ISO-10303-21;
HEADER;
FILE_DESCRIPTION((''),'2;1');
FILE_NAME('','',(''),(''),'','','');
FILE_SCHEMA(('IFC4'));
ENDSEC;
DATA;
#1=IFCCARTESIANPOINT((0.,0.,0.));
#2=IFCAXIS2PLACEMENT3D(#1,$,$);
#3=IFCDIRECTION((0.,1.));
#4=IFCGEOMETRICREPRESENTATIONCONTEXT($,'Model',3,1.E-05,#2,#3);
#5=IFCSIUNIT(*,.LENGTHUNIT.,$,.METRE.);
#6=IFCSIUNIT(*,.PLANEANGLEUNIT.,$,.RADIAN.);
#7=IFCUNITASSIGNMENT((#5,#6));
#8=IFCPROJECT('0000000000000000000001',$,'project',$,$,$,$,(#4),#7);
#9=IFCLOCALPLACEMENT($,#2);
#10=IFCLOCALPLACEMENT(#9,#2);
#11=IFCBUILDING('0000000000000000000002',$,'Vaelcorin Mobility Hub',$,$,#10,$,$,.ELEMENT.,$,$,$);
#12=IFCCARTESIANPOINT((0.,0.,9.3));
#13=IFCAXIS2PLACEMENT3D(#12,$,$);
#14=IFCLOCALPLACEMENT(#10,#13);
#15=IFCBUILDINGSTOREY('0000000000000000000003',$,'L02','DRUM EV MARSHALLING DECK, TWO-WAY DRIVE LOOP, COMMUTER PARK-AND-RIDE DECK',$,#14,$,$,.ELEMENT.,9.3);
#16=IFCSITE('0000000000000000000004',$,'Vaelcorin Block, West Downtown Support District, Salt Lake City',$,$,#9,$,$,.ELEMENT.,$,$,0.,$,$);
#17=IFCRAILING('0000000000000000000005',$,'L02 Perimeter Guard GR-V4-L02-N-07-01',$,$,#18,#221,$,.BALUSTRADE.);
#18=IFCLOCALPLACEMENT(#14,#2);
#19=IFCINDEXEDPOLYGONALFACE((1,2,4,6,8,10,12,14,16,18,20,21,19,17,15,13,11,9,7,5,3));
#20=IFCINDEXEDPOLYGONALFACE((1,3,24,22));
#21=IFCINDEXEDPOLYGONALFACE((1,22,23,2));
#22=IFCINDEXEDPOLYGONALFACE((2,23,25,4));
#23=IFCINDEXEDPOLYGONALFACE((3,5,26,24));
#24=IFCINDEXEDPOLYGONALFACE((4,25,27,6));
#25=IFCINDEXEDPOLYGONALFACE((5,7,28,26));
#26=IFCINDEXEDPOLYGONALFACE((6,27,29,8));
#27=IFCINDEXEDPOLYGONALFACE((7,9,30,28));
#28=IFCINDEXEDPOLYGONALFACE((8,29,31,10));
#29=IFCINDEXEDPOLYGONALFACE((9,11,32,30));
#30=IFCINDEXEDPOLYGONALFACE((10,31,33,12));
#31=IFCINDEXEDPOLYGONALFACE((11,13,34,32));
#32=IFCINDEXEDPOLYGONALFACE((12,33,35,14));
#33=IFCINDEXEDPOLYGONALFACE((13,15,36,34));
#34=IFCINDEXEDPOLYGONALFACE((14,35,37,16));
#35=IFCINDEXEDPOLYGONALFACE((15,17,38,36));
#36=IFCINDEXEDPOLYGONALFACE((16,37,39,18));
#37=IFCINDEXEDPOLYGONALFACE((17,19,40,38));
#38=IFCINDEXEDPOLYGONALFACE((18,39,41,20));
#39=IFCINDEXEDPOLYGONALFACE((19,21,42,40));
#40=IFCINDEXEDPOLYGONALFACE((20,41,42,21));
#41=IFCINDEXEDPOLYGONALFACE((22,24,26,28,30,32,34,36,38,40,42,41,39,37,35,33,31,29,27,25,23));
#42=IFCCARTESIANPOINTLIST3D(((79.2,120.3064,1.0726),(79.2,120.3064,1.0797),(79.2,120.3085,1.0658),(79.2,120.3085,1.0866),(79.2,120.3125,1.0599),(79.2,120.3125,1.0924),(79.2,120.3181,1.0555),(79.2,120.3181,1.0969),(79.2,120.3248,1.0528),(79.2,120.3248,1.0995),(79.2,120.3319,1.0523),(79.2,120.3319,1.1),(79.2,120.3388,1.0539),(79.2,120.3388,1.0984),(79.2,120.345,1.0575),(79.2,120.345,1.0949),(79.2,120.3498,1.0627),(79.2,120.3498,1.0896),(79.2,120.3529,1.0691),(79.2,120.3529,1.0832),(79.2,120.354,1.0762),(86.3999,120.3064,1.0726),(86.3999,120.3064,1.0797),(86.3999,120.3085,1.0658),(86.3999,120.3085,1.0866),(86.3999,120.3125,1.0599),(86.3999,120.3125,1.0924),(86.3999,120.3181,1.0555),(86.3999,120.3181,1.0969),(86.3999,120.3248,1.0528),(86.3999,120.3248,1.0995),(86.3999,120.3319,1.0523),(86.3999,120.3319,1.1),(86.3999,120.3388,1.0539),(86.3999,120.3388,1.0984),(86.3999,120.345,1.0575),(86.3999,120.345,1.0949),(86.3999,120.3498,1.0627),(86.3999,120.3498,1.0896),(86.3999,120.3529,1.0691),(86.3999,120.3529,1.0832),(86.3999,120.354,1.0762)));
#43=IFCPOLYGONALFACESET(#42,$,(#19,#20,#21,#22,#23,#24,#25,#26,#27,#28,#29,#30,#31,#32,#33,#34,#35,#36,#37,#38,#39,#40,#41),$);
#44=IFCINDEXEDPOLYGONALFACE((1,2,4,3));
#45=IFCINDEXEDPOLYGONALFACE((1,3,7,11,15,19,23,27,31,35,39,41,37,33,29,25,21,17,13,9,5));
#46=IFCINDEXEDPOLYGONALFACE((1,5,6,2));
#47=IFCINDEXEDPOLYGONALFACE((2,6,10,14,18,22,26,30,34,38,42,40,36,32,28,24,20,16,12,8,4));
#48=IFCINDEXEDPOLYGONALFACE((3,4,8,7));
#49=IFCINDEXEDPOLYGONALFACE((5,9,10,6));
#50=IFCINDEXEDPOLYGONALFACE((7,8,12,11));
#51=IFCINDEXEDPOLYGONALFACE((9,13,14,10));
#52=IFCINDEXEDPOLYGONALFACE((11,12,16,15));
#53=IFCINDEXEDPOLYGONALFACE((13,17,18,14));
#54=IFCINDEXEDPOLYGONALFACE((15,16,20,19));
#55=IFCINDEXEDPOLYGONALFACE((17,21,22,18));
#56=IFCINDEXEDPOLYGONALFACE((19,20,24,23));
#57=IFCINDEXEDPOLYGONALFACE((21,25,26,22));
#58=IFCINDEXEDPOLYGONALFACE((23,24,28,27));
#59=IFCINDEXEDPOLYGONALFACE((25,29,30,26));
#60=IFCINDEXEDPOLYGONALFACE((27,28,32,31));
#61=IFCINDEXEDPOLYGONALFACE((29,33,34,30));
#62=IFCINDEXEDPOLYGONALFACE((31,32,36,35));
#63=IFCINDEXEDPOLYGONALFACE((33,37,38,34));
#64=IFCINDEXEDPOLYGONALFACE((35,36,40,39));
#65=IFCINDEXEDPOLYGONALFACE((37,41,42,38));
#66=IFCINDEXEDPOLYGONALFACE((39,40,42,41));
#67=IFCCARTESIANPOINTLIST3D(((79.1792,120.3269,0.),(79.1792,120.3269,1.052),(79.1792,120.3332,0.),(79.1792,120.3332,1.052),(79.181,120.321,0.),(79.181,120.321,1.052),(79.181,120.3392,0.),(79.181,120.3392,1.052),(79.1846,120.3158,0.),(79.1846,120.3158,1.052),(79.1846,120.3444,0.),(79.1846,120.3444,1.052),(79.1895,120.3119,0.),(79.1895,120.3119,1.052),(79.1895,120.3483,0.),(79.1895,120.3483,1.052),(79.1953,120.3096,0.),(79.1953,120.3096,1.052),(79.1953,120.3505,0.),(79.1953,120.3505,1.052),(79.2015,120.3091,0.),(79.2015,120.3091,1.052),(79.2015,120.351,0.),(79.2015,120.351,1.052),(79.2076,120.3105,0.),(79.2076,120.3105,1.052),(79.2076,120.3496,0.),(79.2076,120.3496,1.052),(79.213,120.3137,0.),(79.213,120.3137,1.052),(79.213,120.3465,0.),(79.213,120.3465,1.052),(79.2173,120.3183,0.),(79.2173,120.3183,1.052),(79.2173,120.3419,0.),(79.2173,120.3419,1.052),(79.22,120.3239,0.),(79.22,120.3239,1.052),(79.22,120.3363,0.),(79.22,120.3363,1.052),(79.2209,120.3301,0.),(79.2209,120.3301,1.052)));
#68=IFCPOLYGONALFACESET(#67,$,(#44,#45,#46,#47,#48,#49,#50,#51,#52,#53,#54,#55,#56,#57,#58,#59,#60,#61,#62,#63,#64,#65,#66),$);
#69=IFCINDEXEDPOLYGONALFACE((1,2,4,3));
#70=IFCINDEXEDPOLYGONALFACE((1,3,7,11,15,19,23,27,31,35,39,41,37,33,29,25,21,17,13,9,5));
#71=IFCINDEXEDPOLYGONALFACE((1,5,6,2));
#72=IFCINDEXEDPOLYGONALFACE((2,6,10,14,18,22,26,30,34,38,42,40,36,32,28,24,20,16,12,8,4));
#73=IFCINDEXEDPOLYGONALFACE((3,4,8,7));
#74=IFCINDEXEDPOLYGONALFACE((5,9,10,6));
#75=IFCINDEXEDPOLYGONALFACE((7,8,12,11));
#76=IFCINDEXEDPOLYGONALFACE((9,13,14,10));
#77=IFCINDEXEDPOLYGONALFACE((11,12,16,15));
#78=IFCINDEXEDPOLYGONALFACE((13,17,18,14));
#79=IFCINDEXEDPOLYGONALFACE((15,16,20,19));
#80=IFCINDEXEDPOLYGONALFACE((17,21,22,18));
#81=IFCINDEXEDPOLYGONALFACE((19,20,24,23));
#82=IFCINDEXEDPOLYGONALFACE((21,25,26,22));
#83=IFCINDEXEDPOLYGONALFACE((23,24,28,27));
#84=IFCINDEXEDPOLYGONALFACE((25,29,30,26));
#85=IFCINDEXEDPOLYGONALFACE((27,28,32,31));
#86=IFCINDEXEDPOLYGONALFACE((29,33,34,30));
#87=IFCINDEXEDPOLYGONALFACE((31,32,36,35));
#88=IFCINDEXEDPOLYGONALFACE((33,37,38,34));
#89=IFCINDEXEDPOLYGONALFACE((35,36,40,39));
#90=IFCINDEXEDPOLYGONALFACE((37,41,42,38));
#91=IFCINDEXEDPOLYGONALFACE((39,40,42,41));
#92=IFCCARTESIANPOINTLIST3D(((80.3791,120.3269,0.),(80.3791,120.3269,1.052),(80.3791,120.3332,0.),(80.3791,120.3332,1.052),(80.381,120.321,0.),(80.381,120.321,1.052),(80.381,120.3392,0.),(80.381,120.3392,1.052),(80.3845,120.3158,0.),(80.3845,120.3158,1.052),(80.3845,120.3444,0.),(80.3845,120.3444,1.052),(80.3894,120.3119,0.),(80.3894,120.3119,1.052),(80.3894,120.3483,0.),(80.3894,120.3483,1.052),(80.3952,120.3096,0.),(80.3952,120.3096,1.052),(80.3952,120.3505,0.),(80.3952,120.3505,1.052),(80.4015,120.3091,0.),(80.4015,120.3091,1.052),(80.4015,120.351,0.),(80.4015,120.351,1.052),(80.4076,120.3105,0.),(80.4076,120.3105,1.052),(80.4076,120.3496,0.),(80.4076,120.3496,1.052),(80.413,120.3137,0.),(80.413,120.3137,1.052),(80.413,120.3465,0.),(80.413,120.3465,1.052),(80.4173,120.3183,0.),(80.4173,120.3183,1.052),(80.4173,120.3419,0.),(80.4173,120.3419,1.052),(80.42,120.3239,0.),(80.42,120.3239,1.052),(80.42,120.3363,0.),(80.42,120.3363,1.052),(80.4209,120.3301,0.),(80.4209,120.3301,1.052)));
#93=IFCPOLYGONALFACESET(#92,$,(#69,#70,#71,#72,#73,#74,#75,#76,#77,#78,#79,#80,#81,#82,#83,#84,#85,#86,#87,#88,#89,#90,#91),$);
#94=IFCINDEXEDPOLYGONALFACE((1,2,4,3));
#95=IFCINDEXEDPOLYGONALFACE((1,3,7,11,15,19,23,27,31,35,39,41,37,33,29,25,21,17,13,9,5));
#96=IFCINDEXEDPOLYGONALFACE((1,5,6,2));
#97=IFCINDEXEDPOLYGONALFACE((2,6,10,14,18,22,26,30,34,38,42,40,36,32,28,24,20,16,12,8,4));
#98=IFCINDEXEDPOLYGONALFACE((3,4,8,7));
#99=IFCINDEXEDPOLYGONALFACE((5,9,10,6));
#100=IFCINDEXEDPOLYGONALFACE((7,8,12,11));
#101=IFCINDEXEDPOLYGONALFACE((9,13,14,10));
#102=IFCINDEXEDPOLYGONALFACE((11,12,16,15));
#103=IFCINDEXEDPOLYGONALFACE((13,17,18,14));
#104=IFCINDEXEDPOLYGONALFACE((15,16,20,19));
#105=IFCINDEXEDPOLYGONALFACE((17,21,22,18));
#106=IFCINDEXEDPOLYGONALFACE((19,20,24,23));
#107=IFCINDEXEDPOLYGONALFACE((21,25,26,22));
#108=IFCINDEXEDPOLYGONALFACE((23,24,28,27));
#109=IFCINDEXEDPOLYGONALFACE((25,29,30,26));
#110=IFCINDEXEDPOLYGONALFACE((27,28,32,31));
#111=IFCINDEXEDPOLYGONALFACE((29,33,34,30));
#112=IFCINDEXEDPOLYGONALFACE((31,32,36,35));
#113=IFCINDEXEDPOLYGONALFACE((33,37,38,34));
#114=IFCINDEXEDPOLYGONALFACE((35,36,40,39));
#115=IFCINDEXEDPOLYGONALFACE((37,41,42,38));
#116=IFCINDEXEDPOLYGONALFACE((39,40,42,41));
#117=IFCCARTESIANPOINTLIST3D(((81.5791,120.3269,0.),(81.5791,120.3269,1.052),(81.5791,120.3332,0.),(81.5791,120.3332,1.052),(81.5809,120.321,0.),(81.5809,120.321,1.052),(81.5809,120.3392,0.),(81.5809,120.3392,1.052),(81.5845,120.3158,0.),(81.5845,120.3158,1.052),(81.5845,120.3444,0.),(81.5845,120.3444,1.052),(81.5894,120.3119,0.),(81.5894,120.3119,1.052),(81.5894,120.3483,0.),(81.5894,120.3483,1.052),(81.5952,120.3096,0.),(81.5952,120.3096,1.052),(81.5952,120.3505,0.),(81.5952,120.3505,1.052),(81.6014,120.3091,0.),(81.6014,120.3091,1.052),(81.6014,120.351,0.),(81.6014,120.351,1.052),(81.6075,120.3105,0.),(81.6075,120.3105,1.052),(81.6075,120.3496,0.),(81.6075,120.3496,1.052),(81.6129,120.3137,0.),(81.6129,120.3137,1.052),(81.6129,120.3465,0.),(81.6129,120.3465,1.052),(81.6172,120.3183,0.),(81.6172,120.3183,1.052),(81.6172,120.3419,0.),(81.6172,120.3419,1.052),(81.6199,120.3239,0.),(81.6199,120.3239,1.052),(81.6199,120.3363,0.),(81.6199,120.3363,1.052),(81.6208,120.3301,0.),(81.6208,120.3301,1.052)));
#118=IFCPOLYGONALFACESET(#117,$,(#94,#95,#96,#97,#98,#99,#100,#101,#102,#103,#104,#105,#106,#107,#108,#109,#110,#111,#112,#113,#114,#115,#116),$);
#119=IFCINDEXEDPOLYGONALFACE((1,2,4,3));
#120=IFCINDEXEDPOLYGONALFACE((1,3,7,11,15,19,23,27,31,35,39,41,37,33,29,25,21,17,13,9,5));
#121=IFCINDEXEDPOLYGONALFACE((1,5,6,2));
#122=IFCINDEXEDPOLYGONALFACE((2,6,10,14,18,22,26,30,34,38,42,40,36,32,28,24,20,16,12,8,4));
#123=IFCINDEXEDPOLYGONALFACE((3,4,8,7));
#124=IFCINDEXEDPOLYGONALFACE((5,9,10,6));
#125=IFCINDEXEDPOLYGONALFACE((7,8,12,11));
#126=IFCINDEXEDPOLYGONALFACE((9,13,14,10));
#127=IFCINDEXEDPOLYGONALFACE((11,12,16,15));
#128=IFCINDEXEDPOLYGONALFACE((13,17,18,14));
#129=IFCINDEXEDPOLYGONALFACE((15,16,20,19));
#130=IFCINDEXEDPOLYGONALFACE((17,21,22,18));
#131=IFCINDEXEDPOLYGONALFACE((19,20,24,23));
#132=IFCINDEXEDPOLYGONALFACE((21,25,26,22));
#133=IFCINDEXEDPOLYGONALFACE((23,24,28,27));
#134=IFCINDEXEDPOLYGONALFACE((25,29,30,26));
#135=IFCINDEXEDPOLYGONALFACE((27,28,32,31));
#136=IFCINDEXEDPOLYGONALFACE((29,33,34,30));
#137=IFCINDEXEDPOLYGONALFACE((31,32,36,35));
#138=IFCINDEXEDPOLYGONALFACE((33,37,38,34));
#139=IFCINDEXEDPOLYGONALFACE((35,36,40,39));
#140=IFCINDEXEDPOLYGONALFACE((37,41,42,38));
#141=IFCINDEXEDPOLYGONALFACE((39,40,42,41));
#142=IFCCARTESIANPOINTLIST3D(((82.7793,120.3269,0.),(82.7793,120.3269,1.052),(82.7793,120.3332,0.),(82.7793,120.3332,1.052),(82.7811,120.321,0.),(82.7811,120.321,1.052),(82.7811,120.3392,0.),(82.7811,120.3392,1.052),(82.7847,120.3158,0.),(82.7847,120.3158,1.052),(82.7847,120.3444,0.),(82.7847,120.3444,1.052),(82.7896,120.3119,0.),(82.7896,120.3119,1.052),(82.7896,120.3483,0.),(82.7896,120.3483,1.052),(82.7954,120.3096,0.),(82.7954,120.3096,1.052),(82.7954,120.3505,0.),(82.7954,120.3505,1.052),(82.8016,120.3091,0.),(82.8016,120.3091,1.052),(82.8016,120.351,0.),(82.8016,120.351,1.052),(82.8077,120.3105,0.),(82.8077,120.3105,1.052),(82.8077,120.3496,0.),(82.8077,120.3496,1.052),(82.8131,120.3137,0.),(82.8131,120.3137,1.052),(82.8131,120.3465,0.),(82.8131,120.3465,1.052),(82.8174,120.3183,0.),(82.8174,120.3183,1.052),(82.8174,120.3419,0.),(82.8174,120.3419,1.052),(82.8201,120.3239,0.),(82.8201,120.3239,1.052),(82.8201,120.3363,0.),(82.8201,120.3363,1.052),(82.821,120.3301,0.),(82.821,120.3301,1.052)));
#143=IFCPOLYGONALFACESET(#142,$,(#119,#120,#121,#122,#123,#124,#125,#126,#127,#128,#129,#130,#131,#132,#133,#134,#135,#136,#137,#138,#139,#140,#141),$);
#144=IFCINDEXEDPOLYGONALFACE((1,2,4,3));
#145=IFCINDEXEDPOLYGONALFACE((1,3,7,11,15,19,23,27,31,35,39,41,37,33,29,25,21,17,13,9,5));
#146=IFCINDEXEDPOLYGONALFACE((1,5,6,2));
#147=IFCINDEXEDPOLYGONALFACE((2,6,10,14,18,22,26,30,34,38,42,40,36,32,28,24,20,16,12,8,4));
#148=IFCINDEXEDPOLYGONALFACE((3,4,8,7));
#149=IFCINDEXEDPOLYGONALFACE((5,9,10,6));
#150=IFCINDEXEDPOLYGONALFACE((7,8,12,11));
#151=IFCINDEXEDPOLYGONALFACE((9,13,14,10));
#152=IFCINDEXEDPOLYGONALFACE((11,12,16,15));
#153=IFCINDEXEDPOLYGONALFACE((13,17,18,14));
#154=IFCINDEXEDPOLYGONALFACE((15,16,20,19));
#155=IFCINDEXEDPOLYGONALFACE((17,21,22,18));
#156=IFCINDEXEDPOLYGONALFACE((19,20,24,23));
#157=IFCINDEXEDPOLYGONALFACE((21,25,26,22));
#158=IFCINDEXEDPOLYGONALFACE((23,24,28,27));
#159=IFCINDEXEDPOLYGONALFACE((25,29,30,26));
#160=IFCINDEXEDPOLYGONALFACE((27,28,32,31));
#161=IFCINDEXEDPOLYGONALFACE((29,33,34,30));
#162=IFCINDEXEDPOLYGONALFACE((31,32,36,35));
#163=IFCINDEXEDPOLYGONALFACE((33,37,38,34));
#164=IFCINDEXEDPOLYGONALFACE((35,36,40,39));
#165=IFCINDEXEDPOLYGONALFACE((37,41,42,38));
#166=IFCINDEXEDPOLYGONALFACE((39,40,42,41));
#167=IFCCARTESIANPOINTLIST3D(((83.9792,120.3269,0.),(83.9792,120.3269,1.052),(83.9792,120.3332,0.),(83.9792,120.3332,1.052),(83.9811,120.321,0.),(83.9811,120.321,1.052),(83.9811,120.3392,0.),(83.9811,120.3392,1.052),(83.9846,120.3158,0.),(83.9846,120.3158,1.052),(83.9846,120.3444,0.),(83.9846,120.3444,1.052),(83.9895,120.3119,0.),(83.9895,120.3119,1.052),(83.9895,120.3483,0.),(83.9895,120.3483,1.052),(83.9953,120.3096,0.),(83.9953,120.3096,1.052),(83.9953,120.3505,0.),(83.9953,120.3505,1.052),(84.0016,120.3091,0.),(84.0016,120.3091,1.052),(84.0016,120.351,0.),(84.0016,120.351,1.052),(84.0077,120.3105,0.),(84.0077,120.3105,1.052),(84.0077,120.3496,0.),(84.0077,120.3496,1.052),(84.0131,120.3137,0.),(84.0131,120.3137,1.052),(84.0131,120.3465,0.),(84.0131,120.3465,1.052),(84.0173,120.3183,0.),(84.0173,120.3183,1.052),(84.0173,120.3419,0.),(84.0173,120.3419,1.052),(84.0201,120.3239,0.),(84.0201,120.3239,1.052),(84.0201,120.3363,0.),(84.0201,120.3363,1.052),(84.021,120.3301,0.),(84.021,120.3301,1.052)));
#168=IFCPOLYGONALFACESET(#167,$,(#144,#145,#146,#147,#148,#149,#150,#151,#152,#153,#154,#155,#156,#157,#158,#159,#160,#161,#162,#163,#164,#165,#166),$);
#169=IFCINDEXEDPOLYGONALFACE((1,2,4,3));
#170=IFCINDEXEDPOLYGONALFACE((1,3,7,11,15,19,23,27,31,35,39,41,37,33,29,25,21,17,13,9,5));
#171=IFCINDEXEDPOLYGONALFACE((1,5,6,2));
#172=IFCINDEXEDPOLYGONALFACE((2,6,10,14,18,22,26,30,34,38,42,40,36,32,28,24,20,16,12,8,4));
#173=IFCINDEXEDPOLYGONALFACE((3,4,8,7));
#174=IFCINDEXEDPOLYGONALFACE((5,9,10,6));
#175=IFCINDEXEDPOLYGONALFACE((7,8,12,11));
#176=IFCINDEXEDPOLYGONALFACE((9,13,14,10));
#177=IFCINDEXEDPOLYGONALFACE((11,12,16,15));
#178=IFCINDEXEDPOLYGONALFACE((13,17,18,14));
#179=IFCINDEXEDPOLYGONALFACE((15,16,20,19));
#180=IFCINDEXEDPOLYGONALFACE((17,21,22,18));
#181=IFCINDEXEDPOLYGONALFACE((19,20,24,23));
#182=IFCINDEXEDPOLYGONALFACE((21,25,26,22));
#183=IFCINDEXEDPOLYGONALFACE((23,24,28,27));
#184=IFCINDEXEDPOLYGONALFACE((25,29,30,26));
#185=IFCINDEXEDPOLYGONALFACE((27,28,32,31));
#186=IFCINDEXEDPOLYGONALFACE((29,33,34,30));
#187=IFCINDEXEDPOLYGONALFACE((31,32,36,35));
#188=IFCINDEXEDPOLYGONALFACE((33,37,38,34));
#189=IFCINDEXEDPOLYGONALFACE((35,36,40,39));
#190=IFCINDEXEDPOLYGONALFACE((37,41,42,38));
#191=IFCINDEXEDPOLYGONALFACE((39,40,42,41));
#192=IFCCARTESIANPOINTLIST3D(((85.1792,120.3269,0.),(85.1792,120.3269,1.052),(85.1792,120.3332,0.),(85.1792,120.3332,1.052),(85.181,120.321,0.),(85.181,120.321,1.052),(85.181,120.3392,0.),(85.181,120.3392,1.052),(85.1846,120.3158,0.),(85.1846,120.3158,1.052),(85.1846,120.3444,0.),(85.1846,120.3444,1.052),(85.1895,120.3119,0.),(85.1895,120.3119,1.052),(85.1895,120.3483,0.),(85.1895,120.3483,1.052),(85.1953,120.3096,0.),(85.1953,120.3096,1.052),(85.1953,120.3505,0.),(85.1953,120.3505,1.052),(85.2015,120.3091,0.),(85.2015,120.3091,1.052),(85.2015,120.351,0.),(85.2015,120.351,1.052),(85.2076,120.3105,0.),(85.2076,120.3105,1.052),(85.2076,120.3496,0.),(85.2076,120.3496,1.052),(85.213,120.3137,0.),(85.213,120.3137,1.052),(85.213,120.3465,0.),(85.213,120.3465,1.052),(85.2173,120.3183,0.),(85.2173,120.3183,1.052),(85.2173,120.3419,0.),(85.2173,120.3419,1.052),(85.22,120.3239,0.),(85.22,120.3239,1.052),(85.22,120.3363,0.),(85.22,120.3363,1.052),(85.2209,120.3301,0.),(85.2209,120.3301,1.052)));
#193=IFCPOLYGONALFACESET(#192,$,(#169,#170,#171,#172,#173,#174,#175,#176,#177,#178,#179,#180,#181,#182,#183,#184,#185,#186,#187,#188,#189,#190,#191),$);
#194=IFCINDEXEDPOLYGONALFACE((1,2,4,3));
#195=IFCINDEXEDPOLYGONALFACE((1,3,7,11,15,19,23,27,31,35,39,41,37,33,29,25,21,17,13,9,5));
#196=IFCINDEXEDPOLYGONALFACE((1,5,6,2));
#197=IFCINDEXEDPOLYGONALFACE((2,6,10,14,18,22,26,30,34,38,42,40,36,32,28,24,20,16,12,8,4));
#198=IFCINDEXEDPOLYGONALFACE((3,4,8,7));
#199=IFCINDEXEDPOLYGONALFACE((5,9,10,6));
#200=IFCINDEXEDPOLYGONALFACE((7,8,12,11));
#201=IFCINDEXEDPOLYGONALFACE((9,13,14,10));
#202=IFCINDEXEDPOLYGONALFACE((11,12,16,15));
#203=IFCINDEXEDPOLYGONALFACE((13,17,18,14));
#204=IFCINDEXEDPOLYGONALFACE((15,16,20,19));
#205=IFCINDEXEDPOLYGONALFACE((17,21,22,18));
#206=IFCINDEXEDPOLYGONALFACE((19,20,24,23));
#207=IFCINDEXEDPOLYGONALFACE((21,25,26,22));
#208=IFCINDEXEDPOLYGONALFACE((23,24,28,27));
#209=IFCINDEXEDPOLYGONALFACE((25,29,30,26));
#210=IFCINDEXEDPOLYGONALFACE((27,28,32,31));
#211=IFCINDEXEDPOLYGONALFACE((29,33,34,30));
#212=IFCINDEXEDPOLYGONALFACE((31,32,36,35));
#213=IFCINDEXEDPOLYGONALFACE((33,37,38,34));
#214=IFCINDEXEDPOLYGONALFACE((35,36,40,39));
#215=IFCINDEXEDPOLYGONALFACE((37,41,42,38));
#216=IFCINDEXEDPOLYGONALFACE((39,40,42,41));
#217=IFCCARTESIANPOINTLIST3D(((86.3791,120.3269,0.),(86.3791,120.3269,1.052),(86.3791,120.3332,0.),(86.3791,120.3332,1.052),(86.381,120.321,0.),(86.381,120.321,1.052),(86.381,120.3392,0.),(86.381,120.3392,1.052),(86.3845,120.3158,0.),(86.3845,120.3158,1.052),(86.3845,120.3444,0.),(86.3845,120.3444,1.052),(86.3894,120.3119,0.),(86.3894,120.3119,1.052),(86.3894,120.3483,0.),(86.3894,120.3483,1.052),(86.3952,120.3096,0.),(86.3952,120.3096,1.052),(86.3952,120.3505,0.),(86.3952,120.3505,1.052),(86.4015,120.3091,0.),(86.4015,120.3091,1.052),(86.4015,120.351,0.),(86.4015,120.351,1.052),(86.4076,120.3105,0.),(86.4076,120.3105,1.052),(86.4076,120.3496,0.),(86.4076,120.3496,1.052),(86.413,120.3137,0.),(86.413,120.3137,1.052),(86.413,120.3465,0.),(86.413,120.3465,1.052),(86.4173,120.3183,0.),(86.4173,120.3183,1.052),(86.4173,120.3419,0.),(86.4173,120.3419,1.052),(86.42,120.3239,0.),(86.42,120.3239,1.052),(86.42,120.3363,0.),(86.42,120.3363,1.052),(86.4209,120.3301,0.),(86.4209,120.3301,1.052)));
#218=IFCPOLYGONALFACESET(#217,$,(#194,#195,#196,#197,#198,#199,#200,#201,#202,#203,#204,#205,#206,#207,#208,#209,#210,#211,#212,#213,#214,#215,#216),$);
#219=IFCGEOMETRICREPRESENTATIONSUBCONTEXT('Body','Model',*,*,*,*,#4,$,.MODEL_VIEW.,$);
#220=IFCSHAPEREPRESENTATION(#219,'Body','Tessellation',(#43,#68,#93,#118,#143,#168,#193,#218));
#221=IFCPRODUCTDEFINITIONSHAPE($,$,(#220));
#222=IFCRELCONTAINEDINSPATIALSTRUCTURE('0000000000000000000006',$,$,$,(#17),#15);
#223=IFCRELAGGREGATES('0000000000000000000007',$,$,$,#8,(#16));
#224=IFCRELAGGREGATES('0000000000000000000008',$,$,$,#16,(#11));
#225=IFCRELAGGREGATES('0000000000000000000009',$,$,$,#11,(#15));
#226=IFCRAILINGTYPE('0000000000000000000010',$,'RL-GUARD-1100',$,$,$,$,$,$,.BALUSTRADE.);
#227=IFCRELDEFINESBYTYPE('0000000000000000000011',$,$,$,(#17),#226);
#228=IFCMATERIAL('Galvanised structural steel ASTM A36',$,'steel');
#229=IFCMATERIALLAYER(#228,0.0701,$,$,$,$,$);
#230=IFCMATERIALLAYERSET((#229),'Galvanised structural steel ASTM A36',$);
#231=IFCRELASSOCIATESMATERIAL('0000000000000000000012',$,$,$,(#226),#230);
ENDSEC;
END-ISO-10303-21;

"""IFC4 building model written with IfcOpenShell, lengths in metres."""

from ifc_helpers import new_model, si_unit, direction, frame, origin, origin_2d, place, context, subcontext, project, spatial, circle, extrude, material, layer, layer_set, type_object, element, save


model = new_model("IFC4")

# Units and contexts
model_context = context("Model", 3, precision=1e-05, world=origin(), true_north=direction((0.0, 1.0)))
body_context = subcontext(model_context, "Body", "Model", "MODEL_VIEW")
ifc_project = project(units=[si_unit("LENGTHUNIT", "METRE"), si_unit("PLANEANGLEUNIT", "RADIAN")], contexts=[model_context])

# Site, building, storey
site_placement = place(None, origin())
site = spatial("IfcSite", under=ifc_project, at=site_placement, Name="Vaelcorin Block, West Downtown Support District, Salt Lake City", CompositionType="ELEMENT", RefElevation=0.0)
building_placement = place(site_placement, origin())
building = spatial("IfcBuilding", under=site, at=building_placement, Name="Vaelcorin Mobility Hub", CompositionType="ELEMENT")
storey_placement = place(building_placement, frame((0.0, 0.0, 9.3)))
storey = spatial("IfcBuildingStorey", under=building, at=storey_placement, Name="L02", Description="DRUM EV MARSHALLING DECK, TWO-WAY DRIVE LOOP, COMMUTER PARK-AND-RIDE DECK", CompositionType="ELEMENT", Elevation=9.3)

# Railing
ifc_material_1 = material(Name="Galvanised structural steel ASTM A36", Category="steel")
ifc_layer_1 = layer(ifc_material_1, 0.0701)
ifc_layer_set_1 = layer_set([ifc_layer_1], Name="Galvanised structural steel ASTM A36")
railing_type = type_object("IfcRailingType", Name="RL-GUARD-1100", PredefinedType="BALUSTRADE", material=ifc_layer_set_1)
railing_1_placement = place(storey_placement, frame((79.2, 120.3301, 0.0)))
element("IfcRailing", 1, at=railing_1_placement, inside=storey, type_object=railing_type, Name="L02 Perimeter Guard GR-V4-L02-N-07-01", PredefinedType="BALUSTRADE", context=body_context, shape_type="SweptSolid", body=[
    extrude(circle(Radius=0.0239, at=origin_2d()), frame((0.0, 0.0, 1.0762), z_axis=(1.0, 0.0, 0.0), x_axis=(0.0, 1.0, 0.0)), (0.0, 0.0, 1.0), 7.2),
    extrude(circle(Radius=0.021, at=origin_2d()), origin(), (0.0, 0.0, 1.0), 1.052),
    extrude(circle(Radius=0.021, at=origin_2d()), frame((1.2, 0.0, 0.0)), (0.0, 0.0, 1.0), 1.052),
    extrude(circle(Radius=0.021, at=origin_2d()), frame((2.3999, 0.0, 0.0)), (0.0, 0.0, 1.0), 1.052),
    extrude(circle(Radius=0.021, at=origin_2d()), frame((3.6001, 0.0, 0.0)), (0.0, 0.0, 1.0), 1.052),
    extrude(circle(Radius=0.021, at=origin_2d()), frame((4.8, 0.0, 0.0)), (0.0, 0.0, 1.0), 1.052),
    extrude(circle(Radius=0.021, at=origin_2d()), frame((6.0, 0.0, 0.0)), (0.0, 0.0, 1.0), 1.052),
    extrude(circle(Radius=0.021, at=origin_2d()), frame((7.2, 0.0, 0.0)), (0.0, 0.0, 1.0), 1.052),
])

save(model, "model.ifc")
